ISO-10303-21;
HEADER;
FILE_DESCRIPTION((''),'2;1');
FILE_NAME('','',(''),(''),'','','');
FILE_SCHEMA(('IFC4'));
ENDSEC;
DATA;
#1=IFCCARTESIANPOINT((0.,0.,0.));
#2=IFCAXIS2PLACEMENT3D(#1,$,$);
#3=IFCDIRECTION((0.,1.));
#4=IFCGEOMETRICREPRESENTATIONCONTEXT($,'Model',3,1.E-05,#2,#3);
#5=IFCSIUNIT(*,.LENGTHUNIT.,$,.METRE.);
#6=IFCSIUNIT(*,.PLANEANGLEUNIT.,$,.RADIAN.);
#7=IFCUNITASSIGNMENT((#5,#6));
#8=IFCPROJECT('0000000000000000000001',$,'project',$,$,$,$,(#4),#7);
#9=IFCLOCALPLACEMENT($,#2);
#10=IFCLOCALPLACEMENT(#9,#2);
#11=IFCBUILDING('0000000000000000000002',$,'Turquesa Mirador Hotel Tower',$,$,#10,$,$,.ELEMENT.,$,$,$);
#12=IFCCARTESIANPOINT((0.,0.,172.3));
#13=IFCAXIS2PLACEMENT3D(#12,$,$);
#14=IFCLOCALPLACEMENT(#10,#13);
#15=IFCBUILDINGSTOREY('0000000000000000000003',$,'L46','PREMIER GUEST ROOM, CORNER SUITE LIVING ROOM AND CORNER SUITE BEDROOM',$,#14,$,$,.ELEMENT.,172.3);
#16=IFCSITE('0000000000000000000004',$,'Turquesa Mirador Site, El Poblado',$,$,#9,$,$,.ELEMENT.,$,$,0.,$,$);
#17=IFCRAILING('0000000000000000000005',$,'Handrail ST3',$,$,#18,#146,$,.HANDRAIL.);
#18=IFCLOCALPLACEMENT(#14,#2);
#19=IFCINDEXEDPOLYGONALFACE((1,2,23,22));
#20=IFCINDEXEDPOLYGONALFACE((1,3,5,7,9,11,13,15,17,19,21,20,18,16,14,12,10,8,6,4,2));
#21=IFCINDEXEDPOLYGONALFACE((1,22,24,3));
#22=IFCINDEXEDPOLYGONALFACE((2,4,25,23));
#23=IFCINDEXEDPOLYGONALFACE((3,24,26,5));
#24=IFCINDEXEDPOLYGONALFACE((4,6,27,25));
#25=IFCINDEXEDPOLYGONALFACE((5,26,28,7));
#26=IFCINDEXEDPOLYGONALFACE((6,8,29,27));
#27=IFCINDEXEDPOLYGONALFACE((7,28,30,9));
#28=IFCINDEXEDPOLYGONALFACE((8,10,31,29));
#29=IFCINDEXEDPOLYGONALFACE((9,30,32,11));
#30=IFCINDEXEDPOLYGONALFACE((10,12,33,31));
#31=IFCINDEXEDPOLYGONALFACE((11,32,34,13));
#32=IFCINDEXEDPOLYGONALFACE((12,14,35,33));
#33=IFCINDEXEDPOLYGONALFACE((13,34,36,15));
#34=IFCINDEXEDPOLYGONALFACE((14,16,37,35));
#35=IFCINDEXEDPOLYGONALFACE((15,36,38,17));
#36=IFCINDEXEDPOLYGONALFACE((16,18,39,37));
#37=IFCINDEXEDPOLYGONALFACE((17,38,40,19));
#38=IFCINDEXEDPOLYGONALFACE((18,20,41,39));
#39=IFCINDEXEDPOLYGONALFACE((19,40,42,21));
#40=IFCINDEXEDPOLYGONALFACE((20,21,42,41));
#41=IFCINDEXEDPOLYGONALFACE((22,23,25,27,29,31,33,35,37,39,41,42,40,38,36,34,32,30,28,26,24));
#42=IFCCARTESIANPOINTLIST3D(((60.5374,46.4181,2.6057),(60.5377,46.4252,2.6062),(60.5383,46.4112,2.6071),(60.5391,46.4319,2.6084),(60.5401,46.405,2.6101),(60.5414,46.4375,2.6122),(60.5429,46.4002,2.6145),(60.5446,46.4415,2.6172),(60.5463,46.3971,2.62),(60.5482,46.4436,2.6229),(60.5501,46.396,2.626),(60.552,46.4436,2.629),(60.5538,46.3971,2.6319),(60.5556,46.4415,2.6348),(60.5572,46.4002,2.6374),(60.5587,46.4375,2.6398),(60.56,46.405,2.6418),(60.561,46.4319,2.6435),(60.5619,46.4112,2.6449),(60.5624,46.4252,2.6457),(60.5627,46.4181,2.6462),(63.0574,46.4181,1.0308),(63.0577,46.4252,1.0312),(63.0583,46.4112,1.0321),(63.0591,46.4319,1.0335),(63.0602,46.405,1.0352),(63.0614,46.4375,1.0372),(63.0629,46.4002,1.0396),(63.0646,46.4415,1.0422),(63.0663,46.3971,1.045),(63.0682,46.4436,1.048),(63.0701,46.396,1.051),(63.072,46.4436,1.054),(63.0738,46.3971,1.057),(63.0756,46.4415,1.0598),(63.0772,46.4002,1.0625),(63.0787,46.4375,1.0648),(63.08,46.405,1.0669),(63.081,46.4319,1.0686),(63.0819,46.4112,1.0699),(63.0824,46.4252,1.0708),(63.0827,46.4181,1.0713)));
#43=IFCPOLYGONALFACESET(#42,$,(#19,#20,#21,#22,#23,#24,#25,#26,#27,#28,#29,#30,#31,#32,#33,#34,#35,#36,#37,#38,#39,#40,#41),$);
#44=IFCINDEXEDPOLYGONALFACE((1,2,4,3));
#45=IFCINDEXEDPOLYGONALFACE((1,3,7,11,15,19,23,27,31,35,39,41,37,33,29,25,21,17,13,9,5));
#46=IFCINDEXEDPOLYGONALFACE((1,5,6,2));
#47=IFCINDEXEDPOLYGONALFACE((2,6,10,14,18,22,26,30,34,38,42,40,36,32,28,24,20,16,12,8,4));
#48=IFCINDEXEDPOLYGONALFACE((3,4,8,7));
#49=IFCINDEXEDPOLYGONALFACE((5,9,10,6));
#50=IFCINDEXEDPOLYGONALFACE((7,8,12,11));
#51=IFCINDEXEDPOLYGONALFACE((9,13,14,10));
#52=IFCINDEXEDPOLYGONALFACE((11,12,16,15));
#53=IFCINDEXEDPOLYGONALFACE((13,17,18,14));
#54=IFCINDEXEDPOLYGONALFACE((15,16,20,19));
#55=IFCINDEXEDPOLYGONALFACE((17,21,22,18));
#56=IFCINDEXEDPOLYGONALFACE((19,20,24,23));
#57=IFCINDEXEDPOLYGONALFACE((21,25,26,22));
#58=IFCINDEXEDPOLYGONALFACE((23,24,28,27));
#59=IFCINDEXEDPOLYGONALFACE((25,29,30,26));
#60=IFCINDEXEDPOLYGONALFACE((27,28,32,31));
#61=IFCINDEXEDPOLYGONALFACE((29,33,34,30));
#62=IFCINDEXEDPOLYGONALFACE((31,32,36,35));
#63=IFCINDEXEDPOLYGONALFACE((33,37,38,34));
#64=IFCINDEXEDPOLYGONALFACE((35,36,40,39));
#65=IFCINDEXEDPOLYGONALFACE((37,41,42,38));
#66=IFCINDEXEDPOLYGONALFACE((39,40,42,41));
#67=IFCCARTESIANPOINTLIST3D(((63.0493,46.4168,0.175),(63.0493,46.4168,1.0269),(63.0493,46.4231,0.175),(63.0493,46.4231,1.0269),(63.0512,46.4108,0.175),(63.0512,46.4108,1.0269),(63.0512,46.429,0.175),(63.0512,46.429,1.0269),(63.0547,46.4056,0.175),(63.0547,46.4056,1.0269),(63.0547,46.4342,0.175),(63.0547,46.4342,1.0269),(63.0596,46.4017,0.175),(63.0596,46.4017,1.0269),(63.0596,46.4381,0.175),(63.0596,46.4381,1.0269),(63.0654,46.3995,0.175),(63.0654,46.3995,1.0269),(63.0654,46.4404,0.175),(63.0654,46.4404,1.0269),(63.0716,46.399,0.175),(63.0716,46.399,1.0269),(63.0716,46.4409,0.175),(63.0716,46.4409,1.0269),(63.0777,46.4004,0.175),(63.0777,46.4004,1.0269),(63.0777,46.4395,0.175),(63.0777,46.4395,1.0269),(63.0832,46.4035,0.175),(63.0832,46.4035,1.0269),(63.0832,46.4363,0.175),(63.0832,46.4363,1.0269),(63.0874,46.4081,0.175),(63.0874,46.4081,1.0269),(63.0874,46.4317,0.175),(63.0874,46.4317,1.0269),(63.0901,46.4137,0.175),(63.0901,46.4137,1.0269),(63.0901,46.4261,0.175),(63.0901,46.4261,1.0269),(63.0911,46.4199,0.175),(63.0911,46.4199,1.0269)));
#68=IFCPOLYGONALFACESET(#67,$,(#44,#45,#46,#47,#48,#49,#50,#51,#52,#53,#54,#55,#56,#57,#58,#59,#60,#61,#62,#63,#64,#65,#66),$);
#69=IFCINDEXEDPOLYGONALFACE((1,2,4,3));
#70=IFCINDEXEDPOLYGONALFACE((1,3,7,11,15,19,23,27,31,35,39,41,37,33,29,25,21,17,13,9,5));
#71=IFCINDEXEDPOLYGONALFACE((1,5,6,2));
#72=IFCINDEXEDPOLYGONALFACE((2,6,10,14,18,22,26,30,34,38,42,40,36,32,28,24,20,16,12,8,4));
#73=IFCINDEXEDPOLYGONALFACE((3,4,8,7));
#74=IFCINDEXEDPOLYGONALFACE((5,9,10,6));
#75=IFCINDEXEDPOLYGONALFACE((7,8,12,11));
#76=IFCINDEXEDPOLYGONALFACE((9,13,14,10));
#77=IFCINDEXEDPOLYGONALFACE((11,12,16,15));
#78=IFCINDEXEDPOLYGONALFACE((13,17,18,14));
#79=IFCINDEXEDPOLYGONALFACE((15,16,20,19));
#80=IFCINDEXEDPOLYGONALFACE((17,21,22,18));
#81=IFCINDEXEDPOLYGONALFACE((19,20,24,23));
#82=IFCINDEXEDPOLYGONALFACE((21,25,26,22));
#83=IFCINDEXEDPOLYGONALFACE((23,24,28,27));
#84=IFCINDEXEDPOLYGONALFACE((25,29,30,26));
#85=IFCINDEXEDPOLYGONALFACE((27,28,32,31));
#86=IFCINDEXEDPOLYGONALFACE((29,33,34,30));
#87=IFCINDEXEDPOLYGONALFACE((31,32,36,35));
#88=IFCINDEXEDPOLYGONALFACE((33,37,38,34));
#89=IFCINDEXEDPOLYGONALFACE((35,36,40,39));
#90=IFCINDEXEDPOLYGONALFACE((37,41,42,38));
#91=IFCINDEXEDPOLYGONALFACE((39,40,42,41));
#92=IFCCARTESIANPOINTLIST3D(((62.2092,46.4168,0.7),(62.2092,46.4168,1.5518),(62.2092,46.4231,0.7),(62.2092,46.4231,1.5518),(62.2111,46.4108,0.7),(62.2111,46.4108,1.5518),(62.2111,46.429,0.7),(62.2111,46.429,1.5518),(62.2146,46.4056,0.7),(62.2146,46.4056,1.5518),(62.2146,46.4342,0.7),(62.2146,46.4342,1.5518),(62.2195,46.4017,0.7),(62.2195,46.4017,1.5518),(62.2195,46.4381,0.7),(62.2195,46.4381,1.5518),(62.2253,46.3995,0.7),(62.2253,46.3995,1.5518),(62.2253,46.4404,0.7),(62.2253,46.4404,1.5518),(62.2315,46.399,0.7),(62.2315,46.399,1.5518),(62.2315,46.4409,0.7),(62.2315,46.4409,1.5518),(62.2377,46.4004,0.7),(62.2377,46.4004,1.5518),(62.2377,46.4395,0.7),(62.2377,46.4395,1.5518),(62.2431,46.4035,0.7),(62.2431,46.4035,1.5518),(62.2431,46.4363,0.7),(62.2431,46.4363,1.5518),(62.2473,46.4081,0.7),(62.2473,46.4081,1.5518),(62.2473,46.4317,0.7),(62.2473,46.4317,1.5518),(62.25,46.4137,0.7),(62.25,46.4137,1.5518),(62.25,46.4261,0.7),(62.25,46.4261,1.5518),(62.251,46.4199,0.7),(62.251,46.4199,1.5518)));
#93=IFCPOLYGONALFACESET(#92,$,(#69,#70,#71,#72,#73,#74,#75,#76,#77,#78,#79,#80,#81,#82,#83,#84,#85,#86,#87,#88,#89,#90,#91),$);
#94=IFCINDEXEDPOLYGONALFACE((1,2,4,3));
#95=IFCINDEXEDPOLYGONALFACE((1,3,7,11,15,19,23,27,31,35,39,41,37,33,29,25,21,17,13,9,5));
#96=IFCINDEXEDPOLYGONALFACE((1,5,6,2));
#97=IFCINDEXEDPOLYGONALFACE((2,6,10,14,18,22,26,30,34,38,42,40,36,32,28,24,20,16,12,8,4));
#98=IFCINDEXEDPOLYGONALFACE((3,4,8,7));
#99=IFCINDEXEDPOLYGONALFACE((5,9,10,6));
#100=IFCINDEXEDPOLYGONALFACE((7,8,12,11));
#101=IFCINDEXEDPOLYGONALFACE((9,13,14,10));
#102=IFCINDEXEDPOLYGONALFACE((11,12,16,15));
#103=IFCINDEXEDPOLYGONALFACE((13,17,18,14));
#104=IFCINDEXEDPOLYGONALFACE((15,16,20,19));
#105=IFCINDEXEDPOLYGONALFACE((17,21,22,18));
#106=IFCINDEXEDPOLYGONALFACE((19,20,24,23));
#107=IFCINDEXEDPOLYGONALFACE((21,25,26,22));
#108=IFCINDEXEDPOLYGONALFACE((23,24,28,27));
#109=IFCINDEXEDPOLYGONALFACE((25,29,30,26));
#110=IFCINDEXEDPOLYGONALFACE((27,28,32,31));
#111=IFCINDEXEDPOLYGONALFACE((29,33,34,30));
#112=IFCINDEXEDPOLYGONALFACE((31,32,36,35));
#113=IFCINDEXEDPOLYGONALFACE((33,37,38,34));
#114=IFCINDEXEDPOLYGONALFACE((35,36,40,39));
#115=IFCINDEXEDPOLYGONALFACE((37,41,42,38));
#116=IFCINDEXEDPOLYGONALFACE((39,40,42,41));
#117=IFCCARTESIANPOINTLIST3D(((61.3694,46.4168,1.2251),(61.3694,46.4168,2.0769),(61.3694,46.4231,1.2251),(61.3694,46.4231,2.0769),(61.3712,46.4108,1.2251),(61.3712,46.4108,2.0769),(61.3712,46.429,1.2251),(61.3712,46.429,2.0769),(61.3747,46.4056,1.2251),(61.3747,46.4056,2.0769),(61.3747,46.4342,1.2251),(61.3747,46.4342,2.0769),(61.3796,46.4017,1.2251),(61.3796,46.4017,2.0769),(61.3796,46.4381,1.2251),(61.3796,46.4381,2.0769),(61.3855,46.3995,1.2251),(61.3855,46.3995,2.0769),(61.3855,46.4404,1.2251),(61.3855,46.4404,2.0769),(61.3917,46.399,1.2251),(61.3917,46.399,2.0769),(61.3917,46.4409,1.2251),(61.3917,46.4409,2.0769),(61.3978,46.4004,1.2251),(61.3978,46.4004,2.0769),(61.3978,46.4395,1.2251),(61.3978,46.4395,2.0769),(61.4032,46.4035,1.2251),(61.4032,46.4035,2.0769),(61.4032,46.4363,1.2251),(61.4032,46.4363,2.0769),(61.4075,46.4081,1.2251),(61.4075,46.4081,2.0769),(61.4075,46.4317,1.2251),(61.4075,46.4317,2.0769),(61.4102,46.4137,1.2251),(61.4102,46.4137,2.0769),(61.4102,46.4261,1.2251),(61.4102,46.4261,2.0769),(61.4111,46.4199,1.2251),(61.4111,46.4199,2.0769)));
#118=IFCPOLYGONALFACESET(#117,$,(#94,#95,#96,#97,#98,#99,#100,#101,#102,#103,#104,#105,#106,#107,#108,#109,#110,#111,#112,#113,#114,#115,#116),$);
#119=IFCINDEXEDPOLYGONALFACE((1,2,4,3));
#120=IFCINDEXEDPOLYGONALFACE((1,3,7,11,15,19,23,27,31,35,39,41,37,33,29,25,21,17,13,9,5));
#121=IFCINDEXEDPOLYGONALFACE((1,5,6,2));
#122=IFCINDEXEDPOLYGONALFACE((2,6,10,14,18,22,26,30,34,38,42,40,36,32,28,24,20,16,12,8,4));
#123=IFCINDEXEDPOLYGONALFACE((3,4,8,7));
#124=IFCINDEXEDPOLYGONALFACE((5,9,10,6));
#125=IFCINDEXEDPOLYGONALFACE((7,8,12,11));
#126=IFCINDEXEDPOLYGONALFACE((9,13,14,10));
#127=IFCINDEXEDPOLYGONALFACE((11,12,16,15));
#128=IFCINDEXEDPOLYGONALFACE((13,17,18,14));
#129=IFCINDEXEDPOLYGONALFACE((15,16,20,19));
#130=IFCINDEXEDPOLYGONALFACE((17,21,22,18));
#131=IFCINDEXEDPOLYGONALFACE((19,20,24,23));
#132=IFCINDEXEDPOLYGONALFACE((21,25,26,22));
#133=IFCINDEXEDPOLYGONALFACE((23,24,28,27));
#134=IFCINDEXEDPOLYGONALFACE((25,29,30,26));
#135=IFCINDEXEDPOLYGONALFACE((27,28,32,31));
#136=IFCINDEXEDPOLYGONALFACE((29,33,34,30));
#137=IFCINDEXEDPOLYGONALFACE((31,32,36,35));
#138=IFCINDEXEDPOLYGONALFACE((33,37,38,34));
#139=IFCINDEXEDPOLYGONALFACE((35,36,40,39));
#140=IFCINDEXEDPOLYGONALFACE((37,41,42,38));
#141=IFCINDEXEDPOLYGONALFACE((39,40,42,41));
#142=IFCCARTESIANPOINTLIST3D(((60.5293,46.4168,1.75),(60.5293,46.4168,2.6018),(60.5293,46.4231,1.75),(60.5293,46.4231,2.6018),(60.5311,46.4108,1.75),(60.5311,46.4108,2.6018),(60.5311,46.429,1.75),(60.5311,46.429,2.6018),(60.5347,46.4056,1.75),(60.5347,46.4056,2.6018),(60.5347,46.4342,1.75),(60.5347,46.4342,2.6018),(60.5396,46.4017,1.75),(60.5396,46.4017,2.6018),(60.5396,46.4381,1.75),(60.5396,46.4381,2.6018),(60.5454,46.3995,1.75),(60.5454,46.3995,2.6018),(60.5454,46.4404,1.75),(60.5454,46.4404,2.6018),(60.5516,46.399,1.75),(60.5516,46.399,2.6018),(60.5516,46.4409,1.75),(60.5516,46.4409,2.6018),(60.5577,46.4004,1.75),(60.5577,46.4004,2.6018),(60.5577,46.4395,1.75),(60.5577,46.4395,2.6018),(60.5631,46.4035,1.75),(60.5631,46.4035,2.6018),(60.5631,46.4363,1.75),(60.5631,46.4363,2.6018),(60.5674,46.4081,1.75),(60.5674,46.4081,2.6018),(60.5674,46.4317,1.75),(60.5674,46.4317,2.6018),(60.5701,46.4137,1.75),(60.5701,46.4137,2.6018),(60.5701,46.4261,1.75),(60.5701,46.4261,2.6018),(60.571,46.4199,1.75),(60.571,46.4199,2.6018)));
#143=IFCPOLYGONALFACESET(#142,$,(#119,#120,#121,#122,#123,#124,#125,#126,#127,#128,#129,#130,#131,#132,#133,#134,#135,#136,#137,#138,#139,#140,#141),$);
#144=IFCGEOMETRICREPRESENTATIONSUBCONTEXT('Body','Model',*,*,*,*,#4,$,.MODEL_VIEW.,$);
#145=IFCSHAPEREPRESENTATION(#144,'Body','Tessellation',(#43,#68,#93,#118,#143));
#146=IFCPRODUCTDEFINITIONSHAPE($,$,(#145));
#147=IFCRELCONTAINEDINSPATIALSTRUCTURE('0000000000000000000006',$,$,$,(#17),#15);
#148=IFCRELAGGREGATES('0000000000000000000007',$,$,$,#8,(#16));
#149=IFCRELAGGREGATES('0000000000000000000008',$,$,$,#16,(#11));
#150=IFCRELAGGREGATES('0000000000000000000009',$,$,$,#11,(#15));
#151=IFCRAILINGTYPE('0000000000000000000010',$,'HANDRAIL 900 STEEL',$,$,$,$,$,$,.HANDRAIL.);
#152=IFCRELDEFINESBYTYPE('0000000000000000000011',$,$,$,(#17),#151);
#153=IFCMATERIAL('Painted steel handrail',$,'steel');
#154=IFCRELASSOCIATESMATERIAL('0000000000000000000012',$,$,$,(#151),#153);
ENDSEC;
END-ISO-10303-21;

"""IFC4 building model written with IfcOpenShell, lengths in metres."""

from ifc_helpers import new_model, si_unit, direction, frame, origin, origin_2d, place, context, subcontext, project, spatial, circle, extrude, material, type_object, element, save


model = new_model("IFC4")

# Units and contexts
model_context = context("Model", 3, precision=1e-05, world=origin(), true_north=direction((0.0, 1.0)))
body_context = subcontext(model_context, "Body", "Model", "MODEL_VIEW")
ifc_project = project(units=[si_unit("LENGTHUNIT", "METRE"), si_unit("PLANEANGLEUNIT", "RADIAN")], contexts=[model_context])

# Site, building, storey
site_placement = place(None, origin())
site = spatial("IfcSite", under=ifc_project, at=site_placement, Name="Turquesa Mirador Site, El Poblado", CompositionType="ELEMENT", RefElevation=0.0)
building_placement = place(site_placement, origin())
building = spatial("IfcBuilding", under=site, at=building_placement, Name="Turquesa Mirador Hotel Tower", CompositionType="ELEMENT")
storey_placement = place(building_placement, frame((0.0, 0.0, 172.3)))
storey = spatial("IfcBuildingStorey", under=building, at=storey_placement, Name="L46", Description="PREMIER GUEST ROOM, CORNER SUITE LIVING ROOM AND CORNER SUITE BEDROOM", CompositionType="ELEMENT", Elevation=172.3)

# Railing
ifc_material_1 = material(Name="Painted steel handrail", Category="steel")
railing_type = type_object("IfcRailingType", Name="HANDRAIL 900 STEEL", PredefinedType="HANDRAIL", material=ifc_material_1)
for number, where, name in (
    (1, (63.0701, 46.4199, 0.175), "Handrail ST3"),
):
    element("IfcRailing", number, at=place(storey_placement, frame(where)), inside=storey, type_object=railing_type, Name=name, PredefinedType="HANDRAIL", context=body_context, shape_type="SweptSolid", body=[
        extrude(circle(Radius=0.0239, at=origin_2d()), frame((0.0, 0.0, 0.876), z_axis=(-0.848008, 0.0, 0.529984), x_axis=(0.0, -1.0, 0.0)), (0.0, 0.0, 1.0), 2.9717),
        extrude(circle(Radius=0.021, at=origin_2d()), origin(), (0.0, 0.0, 1.0), 0.8518),
        extrude(circle(Radius=0.021, at=origin_2d()), frame((-0.8401, 0.0, 0.5249)), (0.0, 0.0, 1.0), 0.8518),
        extrude(circle(Radius=0.021, at=origin_2d()), frame((-1.6799, 0.0, 1.05)), (0.0, 0.0, 1.0), 0.8518),
        extrude(circle(Radius=0.021, at=origin_2d()), frame((-2.52, 0.0, 1.575)), (0.0, 0.0, 1.0), 0.8518),
    ])

save(model, "model.ifc")
